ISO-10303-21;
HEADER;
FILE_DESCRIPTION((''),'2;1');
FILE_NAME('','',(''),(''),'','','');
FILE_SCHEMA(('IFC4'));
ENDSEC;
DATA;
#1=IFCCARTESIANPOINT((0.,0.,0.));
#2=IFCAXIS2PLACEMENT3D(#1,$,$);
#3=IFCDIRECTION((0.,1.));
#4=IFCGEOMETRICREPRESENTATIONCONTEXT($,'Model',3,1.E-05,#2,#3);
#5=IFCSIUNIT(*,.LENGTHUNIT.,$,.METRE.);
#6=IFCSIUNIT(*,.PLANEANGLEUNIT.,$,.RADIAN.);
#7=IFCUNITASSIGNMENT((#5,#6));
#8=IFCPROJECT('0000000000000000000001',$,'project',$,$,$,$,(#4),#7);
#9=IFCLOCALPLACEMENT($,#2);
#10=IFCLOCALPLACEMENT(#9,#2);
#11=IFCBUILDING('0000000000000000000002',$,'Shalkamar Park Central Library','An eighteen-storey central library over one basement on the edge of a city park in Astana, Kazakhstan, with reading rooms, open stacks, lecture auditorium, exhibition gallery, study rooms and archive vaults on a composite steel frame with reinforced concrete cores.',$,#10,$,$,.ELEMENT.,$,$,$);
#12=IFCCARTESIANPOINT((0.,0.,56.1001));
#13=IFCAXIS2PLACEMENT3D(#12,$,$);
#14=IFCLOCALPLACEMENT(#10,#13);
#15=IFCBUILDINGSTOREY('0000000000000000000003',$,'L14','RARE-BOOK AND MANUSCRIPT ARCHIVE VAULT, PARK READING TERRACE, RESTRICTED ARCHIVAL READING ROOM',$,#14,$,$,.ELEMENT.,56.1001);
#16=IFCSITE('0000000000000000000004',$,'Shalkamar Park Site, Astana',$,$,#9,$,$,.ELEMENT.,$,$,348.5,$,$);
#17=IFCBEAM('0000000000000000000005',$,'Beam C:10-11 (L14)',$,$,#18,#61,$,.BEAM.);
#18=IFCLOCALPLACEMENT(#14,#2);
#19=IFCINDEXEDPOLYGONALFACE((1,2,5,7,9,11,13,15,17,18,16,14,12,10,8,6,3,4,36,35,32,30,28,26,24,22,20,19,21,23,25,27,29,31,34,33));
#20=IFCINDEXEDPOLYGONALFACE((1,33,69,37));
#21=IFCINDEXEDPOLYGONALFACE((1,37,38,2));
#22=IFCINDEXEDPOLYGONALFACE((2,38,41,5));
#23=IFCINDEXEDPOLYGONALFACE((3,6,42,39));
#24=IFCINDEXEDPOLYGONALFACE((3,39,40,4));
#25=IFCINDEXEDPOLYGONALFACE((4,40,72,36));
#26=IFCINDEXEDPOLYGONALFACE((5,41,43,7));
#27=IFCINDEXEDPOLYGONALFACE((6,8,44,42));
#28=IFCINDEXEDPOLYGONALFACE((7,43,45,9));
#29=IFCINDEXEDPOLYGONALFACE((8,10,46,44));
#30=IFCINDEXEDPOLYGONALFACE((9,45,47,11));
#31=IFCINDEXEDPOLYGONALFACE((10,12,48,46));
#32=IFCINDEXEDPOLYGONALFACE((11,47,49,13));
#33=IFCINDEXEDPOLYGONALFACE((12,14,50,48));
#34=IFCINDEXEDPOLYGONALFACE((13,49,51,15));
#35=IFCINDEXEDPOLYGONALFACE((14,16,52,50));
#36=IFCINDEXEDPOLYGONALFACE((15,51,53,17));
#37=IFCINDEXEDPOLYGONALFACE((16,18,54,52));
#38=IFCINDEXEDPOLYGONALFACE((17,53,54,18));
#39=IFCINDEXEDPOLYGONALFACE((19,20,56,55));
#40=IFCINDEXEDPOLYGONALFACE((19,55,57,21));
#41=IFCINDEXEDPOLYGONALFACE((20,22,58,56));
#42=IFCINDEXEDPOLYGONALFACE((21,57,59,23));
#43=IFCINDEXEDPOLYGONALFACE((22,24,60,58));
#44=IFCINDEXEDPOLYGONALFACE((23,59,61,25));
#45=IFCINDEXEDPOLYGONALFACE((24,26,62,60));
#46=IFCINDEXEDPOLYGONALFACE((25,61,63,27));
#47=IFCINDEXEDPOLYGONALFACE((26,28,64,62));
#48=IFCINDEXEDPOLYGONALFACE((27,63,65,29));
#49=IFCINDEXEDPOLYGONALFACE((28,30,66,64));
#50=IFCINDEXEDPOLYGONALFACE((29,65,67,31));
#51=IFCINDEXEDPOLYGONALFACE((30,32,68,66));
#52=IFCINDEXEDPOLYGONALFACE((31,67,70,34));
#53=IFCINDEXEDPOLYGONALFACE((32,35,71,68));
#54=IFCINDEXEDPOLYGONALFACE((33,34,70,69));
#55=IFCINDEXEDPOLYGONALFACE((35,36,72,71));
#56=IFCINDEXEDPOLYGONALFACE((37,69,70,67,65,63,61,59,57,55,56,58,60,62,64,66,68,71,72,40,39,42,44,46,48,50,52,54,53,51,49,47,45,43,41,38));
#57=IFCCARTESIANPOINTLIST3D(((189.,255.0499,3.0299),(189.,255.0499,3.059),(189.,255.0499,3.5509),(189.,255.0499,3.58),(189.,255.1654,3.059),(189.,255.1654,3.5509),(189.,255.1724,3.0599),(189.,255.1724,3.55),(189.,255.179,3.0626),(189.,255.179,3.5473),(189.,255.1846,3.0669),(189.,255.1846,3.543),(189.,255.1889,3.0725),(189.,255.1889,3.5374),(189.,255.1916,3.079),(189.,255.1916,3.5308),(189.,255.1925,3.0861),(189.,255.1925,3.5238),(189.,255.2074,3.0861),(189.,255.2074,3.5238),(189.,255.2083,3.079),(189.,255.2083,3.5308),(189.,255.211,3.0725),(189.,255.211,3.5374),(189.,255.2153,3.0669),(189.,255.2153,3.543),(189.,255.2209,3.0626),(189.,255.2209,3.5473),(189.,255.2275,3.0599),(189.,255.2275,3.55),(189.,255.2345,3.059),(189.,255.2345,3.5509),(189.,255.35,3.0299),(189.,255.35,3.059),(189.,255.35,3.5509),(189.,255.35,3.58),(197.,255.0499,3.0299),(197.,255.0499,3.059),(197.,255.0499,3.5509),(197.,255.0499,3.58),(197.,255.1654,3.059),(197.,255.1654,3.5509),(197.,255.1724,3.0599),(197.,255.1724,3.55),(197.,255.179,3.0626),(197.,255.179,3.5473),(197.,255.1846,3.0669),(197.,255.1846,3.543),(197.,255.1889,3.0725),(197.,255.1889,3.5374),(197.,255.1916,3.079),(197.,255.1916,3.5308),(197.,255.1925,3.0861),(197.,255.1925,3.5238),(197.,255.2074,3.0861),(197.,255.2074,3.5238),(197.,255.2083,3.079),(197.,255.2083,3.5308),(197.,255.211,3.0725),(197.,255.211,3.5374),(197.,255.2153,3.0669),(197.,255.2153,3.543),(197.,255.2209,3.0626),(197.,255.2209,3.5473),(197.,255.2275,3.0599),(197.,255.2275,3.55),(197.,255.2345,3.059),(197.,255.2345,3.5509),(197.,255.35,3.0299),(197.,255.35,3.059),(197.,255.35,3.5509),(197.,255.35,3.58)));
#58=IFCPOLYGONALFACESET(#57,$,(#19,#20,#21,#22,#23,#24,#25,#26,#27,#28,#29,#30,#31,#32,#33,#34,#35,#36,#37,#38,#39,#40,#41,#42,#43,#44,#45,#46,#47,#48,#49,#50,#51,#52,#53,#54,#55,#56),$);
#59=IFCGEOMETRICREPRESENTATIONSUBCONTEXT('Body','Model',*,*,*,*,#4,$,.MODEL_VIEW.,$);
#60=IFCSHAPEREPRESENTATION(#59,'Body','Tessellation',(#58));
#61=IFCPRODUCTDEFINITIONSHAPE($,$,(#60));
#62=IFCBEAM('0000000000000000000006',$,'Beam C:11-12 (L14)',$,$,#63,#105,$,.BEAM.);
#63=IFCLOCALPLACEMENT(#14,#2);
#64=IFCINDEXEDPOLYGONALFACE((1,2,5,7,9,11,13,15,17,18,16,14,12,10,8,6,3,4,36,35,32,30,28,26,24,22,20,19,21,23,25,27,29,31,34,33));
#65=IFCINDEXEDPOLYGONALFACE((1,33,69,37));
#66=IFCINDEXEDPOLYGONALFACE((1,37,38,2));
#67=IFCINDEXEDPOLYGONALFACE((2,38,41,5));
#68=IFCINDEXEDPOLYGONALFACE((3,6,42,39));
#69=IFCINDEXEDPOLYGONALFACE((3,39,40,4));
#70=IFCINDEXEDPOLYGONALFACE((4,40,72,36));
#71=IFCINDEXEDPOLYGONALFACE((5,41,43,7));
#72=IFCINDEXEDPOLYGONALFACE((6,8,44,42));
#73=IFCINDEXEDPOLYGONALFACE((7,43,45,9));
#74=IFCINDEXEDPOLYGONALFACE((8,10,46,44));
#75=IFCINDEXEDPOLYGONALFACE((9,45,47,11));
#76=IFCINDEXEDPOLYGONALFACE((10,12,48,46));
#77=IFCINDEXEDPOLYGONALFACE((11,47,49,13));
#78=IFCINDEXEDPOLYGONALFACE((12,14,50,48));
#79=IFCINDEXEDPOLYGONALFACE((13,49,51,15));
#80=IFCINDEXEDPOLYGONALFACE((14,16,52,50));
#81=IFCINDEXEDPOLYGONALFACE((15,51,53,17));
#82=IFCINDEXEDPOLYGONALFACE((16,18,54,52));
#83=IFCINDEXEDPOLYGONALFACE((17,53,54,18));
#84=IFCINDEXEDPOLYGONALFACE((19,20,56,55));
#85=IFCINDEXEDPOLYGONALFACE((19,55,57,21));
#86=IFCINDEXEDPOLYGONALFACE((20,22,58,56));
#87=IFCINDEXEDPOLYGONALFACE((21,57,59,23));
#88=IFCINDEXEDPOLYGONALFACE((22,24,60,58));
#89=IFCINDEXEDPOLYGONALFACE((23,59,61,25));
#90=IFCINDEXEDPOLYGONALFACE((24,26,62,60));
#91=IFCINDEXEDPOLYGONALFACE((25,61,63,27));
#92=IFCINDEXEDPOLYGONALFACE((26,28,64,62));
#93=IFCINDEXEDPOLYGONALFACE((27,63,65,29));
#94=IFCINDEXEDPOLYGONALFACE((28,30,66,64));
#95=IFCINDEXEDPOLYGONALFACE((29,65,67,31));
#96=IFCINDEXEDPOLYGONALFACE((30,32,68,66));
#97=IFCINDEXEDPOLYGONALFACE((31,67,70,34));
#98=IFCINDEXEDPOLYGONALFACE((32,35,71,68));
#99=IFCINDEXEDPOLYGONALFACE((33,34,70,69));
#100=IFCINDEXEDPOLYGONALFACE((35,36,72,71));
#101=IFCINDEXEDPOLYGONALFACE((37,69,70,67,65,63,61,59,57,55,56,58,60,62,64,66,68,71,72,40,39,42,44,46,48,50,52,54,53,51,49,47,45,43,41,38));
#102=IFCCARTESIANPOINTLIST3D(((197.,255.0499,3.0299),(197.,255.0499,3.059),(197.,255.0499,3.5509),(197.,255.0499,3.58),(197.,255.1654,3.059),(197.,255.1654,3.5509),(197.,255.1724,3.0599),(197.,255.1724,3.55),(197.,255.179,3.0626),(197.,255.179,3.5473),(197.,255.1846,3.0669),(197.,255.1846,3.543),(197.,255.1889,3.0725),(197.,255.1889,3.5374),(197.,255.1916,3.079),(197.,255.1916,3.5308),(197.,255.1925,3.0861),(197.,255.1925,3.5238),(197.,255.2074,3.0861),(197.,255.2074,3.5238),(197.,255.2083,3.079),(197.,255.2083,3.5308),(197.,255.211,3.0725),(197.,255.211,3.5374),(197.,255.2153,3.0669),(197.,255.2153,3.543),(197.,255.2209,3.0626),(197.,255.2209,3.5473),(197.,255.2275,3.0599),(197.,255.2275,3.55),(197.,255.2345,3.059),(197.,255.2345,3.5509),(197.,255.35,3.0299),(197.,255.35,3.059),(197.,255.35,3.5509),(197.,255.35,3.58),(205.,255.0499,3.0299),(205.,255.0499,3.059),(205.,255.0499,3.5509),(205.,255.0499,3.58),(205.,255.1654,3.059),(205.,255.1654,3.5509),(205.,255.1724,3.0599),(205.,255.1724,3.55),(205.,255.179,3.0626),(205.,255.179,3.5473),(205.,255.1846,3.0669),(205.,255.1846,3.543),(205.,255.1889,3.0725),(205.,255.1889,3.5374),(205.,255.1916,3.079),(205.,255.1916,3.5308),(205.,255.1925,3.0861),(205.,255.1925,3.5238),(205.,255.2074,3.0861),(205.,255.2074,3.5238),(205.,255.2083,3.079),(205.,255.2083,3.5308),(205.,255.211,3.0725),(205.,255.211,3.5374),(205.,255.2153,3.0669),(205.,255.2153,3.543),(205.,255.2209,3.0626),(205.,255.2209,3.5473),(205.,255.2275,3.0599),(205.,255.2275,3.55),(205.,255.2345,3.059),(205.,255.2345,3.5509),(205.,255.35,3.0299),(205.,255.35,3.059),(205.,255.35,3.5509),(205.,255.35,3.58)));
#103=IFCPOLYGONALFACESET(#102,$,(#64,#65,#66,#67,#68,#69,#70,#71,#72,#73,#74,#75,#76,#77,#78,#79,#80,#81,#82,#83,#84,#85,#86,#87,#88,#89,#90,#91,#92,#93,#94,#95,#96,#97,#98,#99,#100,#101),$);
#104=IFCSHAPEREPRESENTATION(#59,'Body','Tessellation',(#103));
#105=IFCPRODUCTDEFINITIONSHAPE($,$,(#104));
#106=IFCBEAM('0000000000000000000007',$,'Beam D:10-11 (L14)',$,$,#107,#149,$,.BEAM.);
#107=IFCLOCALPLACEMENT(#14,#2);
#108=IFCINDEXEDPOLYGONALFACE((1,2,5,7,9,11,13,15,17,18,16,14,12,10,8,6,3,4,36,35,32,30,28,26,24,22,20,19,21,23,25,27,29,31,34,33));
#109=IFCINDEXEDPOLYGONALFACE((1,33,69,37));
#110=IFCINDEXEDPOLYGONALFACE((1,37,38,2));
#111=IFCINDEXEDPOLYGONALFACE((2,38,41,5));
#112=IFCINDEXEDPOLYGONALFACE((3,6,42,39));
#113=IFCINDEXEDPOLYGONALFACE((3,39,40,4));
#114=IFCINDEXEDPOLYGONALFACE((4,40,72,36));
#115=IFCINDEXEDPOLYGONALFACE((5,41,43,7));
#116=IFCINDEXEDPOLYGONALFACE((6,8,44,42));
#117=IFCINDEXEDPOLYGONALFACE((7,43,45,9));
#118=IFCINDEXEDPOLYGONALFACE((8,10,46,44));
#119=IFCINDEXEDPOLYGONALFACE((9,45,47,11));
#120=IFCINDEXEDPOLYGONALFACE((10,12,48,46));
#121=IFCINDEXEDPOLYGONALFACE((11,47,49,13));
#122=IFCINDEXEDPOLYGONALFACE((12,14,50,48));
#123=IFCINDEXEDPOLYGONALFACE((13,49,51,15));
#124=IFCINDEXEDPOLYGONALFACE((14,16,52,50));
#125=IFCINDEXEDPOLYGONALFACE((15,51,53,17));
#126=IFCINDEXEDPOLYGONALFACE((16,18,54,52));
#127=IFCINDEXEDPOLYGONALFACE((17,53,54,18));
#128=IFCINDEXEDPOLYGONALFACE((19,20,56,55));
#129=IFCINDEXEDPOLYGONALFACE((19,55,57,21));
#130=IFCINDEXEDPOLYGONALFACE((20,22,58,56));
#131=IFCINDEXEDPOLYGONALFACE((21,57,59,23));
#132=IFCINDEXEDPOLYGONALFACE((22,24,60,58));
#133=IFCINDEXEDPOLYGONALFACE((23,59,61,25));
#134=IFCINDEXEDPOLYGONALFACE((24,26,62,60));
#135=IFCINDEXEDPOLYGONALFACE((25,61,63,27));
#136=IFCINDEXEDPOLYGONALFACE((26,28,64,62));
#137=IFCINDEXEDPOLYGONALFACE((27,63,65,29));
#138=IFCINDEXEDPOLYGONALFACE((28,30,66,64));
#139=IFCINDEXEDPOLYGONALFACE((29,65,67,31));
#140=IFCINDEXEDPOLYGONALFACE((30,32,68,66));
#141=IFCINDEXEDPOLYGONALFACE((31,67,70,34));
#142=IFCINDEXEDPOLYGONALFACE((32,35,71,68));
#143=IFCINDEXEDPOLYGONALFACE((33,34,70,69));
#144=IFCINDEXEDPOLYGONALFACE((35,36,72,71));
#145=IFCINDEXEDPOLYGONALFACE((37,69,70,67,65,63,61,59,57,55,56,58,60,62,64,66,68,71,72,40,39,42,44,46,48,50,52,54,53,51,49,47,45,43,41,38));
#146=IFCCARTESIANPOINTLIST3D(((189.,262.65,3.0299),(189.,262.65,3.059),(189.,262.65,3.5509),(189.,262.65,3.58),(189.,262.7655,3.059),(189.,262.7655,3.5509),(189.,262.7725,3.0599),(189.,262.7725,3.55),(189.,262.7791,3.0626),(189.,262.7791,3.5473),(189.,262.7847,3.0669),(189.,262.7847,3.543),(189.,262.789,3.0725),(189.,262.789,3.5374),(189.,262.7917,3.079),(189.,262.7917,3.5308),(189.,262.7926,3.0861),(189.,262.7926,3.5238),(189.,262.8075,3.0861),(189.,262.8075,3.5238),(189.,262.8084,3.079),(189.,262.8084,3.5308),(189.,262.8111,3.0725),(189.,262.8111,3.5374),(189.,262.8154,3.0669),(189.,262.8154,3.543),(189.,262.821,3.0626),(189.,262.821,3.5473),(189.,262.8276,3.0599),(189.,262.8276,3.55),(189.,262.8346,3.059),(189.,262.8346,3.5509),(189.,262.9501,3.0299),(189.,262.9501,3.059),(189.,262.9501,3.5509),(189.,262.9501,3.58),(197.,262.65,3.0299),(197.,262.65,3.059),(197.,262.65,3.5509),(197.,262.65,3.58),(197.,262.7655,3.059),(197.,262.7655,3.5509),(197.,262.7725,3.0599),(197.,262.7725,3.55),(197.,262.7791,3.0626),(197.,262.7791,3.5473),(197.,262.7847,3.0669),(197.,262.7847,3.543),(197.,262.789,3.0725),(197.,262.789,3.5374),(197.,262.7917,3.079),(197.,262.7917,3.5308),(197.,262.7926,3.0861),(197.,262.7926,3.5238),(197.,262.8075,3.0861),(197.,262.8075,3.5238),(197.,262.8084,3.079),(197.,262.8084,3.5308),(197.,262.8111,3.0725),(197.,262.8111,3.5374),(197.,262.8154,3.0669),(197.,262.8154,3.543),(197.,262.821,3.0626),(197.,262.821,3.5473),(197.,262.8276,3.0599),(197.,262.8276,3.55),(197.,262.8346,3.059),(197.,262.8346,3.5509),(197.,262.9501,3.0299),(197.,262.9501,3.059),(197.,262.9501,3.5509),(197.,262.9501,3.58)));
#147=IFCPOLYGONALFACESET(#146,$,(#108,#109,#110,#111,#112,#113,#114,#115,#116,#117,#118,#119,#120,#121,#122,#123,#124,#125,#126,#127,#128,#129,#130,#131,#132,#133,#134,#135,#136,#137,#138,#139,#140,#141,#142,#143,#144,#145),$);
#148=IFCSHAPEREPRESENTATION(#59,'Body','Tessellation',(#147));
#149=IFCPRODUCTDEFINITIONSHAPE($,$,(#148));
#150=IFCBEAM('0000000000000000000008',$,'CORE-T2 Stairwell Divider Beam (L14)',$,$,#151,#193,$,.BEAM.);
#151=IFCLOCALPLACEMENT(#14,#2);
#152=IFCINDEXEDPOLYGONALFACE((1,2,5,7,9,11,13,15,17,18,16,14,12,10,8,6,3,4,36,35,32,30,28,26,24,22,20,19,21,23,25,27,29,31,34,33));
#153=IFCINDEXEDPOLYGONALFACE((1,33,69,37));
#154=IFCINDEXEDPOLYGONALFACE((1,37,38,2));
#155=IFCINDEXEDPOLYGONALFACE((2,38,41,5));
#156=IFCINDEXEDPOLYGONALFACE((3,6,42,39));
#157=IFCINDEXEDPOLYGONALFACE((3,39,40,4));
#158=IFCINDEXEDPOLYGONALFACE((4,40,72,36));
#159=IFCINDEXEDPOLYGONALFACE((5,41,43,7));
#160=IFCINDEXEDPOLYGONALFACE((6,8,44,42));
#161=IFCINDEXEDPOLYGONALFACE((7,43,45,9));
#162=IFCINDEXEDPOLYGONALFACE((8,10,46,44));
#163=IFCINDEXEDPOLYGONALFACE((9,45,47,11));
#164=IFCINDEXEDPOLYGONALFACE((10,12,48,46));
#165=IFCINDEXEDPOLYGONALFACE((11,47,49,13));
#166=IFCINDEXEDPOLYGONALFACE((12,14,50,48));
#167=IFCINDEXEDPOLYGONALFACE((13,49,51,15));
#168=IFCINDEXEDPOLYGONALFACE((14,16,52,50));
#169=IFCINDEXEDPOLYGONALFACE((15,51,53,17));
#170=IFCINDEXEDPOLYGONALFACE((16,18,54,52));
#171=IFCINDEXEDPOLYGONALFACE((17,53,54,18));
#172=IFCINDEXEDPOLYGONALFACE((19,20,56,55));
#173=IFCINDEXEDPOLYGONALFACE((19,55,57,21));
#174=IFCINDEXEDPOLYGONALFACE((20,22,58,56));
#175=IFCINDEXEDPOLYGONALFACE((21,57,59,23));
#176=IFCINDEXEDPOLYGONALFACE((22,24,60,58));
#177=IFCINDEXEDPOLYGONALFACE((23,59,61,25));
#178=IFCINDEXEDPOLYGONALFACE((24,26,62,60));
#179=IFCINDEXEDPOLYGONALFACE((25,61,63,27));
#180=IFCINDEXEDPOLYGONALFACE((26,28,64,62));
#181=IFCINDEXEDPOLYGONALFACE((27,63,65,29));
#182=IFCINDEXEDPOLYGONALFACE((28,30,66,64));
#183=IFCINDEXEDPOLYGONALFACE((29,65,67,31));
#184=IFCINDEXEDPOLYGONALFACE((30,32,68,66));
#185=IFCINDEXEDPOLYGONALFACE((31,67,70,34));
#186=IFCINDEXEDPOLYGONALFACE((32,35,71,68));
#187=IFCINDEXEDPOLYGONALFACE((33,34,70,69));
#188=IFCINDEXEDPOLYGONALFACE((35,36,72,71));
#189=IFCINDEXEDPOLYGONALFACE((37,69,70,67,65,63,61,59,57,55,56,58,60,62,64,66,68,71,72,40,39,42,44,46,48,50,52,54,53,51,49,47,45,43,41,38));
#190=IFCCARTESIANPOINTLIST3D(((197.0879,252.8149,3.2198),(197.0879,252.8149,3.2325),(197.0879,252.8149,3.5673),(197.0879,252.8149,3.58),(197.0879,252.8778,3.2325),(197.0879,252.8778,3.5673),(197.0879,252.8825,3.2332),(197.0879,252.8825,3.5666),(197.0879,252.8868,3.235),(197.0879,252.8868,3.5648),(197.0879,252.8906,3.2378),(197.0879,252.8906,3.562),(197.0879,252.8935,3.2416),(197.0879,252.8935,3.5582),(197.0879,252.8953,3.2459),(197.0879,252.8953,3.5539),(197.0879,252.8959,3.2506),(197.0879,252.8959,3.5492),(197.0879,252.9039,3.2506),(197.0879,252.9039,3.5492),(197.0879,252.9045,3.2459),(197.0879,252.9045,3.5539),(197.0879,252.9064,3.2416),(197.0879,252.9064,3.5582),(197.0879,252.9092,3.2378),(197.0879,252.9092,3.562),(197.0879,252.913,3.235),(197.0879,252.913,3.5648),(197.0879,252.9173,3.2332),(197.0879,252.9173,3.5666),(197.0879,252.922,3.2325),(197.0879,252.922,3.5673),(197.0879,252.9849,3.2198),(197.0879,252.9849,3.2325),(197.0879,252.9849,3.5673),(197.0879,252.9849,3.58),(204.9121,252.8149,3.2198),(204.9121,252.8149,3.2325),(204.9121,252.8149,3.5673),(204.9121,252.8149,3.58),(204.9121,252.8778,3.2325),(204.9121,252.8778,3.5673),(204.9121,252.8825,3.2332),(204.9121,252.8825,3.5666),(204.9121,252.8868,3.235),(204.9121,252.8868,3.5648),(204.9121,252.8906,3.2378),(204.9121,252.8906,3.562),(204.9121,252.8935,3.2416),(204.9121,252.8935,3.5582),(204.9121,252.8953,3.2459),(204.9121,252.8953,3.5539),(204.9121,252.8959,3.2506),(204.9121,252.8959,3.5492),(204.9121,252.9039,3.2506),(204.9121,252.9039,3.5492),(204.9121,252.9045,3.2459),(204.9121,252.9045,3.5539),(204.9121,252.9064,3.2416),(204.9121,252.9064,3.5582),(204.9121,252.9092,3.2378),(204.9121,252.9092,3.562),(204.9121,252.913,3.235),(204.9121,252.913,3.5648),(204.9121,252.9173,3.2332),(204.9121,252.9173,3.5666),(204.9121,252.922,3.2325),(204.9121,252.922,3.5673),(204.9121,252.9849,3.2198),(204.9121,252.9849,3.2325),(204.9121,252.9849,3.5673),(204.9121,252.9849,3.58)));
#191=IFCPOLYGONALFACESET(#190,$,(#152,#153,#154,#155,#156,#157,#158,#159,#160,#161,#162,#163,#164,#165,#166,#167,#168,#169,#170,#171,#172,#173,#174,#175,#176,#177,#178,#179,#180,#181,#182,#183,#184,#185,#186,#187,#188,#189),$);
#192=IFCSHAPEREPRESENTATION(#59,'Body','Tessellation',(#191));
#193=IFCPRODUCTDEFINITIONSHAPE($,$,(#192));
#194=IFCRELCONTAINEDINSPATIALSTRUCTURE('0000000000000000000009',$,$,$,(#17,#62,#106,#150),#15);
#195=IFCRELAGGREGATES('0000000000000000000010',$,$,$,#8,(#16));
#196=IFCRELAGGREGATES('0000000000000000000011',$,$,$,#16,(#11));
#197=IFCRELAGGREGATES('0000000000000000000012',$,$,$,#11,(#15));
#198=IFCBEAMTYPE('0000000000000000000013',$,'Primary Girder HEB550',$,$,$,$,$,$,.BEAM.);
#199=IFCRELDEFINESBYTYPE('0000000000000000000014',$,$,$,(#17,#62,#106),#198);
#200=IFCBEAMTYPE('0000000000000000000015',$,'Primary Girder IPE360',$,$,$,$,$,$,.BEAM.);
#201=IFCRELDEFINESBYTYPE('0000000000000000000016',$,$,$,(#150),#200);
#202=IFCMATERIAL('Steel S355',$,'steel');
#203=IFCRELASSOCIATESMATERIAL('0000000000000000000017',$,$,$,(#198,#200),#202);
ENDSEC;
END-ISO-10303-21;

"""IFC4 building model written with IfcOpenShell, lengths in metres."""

from ifc_helpers import new_model, si_unit, direction, frame, origin, origin_2d, place, context, subcontext, project, spatial, i_section, extrude, material, material_profile, profile_set, type_object, element, save


model = new_model("IFC4")

# Units and contexts
model_context = context("Model", 3, precision=1e-05, world=origin(), true_north=direction((0.0, 1.0)))
body_context = subcontext(model_context, "Body", "Model", "MODEL_VIEW")
ifc_project = project(units=[si_unit("LENGTHUNIT", "METRE"), si_unit("PLANEANGLEUNIT", "RADIAN")], contexts=[model_context])

# Site, building, storey
site_placement = place(None, origin())
site = spatial("IfcSite", under=ifc_project, at=site_placement, Name="Shalkamar Park Site, Astana", CompositionType="ELEMENT", RefElevation=348.5)
building_placement = place(site_placement, origin())
building = spatial("IfcBuilding", under=site, at=building_placement, Name="Shalkamar Park Central Library", Description="An eighteen-storey central library over one basement on the edge of a city park in Astana, Kazakhstan, with reading rooms, open stacks, lecture auditorium, exhibition gallery, study rooms and archive vaults on a composite steel frame with reinforced concrete cores.", CompositionType="ELEMENT")
storey_placement = place(building_placement, frame((0.0, 0.0, 56.1001)))
storey = spatial("IfcBuildingStorey", under=building, at=storey_placement, Name="L14", Description="RARE-BOOK AND MANUSCRIPT ARCHIVE VAULT, PARK READING TERRACE, RESTRICTED ARCHIVAL READING ROOM", CompositionType="ELEMENT", Elevation=56.1001)

# Shared definitions
ifc_material_1 = material(Name="Steel S355", Category="steel")

# Beams
ifc_material_profile_1 = material_profile(ifc_material_1, i_section(OverallWidth=0.3, OverallDepth=0.55, WebThickness=0.0149, FlangeThickness=0.0291, FilletRadius=0.0271, at=origin_2d()), Name="HEB 550")
ifc_profile_set_1 = profile_set([ifc_material_profile_1], Name="Steel S355")
beam_type_1 = type_object("IfcBeamType", Name="Primary Girder HEB550", PredefinedType="BEAM", material=ifc_profile_set_1)
for number, where, z_axis, x_axis, name in (
    (1, (189.0, 255.2, 3.3049), (1.0, 0.0, 0.0), (0.0, 1.0, 0.0), "Beam C:10-11 (L14)"),
    (2, (197.0, 255.2, 3.3049), (1.0, 0.0, 0.0), (0.0, 1.0, 0.0), "Beam C:11-12 (L14)"),
    (3, (189.0, 262.8, 3.3049), (1.0, 0.0, 0.0), (0.0, 1.0, 0.0), "Beam D:10-11 (L14)"),
):
    element("IfcBeam", number, at=place(storey_placement, frame(where, z_axis=z_axis, x_axis=x_axis)), inside=storey, type_object=beam_type_1, Name=name, PredefinedType="BEAM", context=body_context, shape_type="SweptSolid", body=[
        extrude(i_section(OverallWidth=0.3, OverallDepth=0.55, WebThickness=0.0149, FlangeThickness=0.0291, FilletRadius=0.0271, at=origin_2d()), origin(), (0.0, 0.0, 1.0), 8.0),
    ])
ifc_material_profile_2 = material_profile(ifc_material_1, i_section(OverallWidth=0.1699, OverallDepth=0.3601, WebThickness=0.0081, FlangeThickness=0.0127, FilletRadius=0.0181, at=origin_2d()), Name="IPE 360")
ifc_profile_set_2 = profile_set([ifc_material_profile_2], Name="Steel S355")
beam_type_2 = type_object("IfcBeamType", Name="Primary Girder IPE360", PredefinedType="BEAM", material=ifc_profile_set_2)
beam_1_placement = place(storey_placement, frame((197.0879, 252.8999, 3.3999), z_axis=(1.0, 0.0, 0.0), x_axis=(0.0, 1.0, 0.0)))
element("IfcBeam", 4, at=beam_1_placement, inside=storey, type_object=beam_type_2, Name="CORE-T2 Stairwell Divider Beam (L14)", PredefinedType="BEAM", context=body_context, shape_type="SweptSolid", body=[
    extrude(i_section(OverallWidth=0.1699, OverallDepth=0.3601, WebThickness=0.0081, FlangeThickness=0.0127, FilletRadius=0.0181, at=origin_2d()), origin(), (0.0, 0.0, 1.0), 7.8242),
])

save(model, "model.ifc")
